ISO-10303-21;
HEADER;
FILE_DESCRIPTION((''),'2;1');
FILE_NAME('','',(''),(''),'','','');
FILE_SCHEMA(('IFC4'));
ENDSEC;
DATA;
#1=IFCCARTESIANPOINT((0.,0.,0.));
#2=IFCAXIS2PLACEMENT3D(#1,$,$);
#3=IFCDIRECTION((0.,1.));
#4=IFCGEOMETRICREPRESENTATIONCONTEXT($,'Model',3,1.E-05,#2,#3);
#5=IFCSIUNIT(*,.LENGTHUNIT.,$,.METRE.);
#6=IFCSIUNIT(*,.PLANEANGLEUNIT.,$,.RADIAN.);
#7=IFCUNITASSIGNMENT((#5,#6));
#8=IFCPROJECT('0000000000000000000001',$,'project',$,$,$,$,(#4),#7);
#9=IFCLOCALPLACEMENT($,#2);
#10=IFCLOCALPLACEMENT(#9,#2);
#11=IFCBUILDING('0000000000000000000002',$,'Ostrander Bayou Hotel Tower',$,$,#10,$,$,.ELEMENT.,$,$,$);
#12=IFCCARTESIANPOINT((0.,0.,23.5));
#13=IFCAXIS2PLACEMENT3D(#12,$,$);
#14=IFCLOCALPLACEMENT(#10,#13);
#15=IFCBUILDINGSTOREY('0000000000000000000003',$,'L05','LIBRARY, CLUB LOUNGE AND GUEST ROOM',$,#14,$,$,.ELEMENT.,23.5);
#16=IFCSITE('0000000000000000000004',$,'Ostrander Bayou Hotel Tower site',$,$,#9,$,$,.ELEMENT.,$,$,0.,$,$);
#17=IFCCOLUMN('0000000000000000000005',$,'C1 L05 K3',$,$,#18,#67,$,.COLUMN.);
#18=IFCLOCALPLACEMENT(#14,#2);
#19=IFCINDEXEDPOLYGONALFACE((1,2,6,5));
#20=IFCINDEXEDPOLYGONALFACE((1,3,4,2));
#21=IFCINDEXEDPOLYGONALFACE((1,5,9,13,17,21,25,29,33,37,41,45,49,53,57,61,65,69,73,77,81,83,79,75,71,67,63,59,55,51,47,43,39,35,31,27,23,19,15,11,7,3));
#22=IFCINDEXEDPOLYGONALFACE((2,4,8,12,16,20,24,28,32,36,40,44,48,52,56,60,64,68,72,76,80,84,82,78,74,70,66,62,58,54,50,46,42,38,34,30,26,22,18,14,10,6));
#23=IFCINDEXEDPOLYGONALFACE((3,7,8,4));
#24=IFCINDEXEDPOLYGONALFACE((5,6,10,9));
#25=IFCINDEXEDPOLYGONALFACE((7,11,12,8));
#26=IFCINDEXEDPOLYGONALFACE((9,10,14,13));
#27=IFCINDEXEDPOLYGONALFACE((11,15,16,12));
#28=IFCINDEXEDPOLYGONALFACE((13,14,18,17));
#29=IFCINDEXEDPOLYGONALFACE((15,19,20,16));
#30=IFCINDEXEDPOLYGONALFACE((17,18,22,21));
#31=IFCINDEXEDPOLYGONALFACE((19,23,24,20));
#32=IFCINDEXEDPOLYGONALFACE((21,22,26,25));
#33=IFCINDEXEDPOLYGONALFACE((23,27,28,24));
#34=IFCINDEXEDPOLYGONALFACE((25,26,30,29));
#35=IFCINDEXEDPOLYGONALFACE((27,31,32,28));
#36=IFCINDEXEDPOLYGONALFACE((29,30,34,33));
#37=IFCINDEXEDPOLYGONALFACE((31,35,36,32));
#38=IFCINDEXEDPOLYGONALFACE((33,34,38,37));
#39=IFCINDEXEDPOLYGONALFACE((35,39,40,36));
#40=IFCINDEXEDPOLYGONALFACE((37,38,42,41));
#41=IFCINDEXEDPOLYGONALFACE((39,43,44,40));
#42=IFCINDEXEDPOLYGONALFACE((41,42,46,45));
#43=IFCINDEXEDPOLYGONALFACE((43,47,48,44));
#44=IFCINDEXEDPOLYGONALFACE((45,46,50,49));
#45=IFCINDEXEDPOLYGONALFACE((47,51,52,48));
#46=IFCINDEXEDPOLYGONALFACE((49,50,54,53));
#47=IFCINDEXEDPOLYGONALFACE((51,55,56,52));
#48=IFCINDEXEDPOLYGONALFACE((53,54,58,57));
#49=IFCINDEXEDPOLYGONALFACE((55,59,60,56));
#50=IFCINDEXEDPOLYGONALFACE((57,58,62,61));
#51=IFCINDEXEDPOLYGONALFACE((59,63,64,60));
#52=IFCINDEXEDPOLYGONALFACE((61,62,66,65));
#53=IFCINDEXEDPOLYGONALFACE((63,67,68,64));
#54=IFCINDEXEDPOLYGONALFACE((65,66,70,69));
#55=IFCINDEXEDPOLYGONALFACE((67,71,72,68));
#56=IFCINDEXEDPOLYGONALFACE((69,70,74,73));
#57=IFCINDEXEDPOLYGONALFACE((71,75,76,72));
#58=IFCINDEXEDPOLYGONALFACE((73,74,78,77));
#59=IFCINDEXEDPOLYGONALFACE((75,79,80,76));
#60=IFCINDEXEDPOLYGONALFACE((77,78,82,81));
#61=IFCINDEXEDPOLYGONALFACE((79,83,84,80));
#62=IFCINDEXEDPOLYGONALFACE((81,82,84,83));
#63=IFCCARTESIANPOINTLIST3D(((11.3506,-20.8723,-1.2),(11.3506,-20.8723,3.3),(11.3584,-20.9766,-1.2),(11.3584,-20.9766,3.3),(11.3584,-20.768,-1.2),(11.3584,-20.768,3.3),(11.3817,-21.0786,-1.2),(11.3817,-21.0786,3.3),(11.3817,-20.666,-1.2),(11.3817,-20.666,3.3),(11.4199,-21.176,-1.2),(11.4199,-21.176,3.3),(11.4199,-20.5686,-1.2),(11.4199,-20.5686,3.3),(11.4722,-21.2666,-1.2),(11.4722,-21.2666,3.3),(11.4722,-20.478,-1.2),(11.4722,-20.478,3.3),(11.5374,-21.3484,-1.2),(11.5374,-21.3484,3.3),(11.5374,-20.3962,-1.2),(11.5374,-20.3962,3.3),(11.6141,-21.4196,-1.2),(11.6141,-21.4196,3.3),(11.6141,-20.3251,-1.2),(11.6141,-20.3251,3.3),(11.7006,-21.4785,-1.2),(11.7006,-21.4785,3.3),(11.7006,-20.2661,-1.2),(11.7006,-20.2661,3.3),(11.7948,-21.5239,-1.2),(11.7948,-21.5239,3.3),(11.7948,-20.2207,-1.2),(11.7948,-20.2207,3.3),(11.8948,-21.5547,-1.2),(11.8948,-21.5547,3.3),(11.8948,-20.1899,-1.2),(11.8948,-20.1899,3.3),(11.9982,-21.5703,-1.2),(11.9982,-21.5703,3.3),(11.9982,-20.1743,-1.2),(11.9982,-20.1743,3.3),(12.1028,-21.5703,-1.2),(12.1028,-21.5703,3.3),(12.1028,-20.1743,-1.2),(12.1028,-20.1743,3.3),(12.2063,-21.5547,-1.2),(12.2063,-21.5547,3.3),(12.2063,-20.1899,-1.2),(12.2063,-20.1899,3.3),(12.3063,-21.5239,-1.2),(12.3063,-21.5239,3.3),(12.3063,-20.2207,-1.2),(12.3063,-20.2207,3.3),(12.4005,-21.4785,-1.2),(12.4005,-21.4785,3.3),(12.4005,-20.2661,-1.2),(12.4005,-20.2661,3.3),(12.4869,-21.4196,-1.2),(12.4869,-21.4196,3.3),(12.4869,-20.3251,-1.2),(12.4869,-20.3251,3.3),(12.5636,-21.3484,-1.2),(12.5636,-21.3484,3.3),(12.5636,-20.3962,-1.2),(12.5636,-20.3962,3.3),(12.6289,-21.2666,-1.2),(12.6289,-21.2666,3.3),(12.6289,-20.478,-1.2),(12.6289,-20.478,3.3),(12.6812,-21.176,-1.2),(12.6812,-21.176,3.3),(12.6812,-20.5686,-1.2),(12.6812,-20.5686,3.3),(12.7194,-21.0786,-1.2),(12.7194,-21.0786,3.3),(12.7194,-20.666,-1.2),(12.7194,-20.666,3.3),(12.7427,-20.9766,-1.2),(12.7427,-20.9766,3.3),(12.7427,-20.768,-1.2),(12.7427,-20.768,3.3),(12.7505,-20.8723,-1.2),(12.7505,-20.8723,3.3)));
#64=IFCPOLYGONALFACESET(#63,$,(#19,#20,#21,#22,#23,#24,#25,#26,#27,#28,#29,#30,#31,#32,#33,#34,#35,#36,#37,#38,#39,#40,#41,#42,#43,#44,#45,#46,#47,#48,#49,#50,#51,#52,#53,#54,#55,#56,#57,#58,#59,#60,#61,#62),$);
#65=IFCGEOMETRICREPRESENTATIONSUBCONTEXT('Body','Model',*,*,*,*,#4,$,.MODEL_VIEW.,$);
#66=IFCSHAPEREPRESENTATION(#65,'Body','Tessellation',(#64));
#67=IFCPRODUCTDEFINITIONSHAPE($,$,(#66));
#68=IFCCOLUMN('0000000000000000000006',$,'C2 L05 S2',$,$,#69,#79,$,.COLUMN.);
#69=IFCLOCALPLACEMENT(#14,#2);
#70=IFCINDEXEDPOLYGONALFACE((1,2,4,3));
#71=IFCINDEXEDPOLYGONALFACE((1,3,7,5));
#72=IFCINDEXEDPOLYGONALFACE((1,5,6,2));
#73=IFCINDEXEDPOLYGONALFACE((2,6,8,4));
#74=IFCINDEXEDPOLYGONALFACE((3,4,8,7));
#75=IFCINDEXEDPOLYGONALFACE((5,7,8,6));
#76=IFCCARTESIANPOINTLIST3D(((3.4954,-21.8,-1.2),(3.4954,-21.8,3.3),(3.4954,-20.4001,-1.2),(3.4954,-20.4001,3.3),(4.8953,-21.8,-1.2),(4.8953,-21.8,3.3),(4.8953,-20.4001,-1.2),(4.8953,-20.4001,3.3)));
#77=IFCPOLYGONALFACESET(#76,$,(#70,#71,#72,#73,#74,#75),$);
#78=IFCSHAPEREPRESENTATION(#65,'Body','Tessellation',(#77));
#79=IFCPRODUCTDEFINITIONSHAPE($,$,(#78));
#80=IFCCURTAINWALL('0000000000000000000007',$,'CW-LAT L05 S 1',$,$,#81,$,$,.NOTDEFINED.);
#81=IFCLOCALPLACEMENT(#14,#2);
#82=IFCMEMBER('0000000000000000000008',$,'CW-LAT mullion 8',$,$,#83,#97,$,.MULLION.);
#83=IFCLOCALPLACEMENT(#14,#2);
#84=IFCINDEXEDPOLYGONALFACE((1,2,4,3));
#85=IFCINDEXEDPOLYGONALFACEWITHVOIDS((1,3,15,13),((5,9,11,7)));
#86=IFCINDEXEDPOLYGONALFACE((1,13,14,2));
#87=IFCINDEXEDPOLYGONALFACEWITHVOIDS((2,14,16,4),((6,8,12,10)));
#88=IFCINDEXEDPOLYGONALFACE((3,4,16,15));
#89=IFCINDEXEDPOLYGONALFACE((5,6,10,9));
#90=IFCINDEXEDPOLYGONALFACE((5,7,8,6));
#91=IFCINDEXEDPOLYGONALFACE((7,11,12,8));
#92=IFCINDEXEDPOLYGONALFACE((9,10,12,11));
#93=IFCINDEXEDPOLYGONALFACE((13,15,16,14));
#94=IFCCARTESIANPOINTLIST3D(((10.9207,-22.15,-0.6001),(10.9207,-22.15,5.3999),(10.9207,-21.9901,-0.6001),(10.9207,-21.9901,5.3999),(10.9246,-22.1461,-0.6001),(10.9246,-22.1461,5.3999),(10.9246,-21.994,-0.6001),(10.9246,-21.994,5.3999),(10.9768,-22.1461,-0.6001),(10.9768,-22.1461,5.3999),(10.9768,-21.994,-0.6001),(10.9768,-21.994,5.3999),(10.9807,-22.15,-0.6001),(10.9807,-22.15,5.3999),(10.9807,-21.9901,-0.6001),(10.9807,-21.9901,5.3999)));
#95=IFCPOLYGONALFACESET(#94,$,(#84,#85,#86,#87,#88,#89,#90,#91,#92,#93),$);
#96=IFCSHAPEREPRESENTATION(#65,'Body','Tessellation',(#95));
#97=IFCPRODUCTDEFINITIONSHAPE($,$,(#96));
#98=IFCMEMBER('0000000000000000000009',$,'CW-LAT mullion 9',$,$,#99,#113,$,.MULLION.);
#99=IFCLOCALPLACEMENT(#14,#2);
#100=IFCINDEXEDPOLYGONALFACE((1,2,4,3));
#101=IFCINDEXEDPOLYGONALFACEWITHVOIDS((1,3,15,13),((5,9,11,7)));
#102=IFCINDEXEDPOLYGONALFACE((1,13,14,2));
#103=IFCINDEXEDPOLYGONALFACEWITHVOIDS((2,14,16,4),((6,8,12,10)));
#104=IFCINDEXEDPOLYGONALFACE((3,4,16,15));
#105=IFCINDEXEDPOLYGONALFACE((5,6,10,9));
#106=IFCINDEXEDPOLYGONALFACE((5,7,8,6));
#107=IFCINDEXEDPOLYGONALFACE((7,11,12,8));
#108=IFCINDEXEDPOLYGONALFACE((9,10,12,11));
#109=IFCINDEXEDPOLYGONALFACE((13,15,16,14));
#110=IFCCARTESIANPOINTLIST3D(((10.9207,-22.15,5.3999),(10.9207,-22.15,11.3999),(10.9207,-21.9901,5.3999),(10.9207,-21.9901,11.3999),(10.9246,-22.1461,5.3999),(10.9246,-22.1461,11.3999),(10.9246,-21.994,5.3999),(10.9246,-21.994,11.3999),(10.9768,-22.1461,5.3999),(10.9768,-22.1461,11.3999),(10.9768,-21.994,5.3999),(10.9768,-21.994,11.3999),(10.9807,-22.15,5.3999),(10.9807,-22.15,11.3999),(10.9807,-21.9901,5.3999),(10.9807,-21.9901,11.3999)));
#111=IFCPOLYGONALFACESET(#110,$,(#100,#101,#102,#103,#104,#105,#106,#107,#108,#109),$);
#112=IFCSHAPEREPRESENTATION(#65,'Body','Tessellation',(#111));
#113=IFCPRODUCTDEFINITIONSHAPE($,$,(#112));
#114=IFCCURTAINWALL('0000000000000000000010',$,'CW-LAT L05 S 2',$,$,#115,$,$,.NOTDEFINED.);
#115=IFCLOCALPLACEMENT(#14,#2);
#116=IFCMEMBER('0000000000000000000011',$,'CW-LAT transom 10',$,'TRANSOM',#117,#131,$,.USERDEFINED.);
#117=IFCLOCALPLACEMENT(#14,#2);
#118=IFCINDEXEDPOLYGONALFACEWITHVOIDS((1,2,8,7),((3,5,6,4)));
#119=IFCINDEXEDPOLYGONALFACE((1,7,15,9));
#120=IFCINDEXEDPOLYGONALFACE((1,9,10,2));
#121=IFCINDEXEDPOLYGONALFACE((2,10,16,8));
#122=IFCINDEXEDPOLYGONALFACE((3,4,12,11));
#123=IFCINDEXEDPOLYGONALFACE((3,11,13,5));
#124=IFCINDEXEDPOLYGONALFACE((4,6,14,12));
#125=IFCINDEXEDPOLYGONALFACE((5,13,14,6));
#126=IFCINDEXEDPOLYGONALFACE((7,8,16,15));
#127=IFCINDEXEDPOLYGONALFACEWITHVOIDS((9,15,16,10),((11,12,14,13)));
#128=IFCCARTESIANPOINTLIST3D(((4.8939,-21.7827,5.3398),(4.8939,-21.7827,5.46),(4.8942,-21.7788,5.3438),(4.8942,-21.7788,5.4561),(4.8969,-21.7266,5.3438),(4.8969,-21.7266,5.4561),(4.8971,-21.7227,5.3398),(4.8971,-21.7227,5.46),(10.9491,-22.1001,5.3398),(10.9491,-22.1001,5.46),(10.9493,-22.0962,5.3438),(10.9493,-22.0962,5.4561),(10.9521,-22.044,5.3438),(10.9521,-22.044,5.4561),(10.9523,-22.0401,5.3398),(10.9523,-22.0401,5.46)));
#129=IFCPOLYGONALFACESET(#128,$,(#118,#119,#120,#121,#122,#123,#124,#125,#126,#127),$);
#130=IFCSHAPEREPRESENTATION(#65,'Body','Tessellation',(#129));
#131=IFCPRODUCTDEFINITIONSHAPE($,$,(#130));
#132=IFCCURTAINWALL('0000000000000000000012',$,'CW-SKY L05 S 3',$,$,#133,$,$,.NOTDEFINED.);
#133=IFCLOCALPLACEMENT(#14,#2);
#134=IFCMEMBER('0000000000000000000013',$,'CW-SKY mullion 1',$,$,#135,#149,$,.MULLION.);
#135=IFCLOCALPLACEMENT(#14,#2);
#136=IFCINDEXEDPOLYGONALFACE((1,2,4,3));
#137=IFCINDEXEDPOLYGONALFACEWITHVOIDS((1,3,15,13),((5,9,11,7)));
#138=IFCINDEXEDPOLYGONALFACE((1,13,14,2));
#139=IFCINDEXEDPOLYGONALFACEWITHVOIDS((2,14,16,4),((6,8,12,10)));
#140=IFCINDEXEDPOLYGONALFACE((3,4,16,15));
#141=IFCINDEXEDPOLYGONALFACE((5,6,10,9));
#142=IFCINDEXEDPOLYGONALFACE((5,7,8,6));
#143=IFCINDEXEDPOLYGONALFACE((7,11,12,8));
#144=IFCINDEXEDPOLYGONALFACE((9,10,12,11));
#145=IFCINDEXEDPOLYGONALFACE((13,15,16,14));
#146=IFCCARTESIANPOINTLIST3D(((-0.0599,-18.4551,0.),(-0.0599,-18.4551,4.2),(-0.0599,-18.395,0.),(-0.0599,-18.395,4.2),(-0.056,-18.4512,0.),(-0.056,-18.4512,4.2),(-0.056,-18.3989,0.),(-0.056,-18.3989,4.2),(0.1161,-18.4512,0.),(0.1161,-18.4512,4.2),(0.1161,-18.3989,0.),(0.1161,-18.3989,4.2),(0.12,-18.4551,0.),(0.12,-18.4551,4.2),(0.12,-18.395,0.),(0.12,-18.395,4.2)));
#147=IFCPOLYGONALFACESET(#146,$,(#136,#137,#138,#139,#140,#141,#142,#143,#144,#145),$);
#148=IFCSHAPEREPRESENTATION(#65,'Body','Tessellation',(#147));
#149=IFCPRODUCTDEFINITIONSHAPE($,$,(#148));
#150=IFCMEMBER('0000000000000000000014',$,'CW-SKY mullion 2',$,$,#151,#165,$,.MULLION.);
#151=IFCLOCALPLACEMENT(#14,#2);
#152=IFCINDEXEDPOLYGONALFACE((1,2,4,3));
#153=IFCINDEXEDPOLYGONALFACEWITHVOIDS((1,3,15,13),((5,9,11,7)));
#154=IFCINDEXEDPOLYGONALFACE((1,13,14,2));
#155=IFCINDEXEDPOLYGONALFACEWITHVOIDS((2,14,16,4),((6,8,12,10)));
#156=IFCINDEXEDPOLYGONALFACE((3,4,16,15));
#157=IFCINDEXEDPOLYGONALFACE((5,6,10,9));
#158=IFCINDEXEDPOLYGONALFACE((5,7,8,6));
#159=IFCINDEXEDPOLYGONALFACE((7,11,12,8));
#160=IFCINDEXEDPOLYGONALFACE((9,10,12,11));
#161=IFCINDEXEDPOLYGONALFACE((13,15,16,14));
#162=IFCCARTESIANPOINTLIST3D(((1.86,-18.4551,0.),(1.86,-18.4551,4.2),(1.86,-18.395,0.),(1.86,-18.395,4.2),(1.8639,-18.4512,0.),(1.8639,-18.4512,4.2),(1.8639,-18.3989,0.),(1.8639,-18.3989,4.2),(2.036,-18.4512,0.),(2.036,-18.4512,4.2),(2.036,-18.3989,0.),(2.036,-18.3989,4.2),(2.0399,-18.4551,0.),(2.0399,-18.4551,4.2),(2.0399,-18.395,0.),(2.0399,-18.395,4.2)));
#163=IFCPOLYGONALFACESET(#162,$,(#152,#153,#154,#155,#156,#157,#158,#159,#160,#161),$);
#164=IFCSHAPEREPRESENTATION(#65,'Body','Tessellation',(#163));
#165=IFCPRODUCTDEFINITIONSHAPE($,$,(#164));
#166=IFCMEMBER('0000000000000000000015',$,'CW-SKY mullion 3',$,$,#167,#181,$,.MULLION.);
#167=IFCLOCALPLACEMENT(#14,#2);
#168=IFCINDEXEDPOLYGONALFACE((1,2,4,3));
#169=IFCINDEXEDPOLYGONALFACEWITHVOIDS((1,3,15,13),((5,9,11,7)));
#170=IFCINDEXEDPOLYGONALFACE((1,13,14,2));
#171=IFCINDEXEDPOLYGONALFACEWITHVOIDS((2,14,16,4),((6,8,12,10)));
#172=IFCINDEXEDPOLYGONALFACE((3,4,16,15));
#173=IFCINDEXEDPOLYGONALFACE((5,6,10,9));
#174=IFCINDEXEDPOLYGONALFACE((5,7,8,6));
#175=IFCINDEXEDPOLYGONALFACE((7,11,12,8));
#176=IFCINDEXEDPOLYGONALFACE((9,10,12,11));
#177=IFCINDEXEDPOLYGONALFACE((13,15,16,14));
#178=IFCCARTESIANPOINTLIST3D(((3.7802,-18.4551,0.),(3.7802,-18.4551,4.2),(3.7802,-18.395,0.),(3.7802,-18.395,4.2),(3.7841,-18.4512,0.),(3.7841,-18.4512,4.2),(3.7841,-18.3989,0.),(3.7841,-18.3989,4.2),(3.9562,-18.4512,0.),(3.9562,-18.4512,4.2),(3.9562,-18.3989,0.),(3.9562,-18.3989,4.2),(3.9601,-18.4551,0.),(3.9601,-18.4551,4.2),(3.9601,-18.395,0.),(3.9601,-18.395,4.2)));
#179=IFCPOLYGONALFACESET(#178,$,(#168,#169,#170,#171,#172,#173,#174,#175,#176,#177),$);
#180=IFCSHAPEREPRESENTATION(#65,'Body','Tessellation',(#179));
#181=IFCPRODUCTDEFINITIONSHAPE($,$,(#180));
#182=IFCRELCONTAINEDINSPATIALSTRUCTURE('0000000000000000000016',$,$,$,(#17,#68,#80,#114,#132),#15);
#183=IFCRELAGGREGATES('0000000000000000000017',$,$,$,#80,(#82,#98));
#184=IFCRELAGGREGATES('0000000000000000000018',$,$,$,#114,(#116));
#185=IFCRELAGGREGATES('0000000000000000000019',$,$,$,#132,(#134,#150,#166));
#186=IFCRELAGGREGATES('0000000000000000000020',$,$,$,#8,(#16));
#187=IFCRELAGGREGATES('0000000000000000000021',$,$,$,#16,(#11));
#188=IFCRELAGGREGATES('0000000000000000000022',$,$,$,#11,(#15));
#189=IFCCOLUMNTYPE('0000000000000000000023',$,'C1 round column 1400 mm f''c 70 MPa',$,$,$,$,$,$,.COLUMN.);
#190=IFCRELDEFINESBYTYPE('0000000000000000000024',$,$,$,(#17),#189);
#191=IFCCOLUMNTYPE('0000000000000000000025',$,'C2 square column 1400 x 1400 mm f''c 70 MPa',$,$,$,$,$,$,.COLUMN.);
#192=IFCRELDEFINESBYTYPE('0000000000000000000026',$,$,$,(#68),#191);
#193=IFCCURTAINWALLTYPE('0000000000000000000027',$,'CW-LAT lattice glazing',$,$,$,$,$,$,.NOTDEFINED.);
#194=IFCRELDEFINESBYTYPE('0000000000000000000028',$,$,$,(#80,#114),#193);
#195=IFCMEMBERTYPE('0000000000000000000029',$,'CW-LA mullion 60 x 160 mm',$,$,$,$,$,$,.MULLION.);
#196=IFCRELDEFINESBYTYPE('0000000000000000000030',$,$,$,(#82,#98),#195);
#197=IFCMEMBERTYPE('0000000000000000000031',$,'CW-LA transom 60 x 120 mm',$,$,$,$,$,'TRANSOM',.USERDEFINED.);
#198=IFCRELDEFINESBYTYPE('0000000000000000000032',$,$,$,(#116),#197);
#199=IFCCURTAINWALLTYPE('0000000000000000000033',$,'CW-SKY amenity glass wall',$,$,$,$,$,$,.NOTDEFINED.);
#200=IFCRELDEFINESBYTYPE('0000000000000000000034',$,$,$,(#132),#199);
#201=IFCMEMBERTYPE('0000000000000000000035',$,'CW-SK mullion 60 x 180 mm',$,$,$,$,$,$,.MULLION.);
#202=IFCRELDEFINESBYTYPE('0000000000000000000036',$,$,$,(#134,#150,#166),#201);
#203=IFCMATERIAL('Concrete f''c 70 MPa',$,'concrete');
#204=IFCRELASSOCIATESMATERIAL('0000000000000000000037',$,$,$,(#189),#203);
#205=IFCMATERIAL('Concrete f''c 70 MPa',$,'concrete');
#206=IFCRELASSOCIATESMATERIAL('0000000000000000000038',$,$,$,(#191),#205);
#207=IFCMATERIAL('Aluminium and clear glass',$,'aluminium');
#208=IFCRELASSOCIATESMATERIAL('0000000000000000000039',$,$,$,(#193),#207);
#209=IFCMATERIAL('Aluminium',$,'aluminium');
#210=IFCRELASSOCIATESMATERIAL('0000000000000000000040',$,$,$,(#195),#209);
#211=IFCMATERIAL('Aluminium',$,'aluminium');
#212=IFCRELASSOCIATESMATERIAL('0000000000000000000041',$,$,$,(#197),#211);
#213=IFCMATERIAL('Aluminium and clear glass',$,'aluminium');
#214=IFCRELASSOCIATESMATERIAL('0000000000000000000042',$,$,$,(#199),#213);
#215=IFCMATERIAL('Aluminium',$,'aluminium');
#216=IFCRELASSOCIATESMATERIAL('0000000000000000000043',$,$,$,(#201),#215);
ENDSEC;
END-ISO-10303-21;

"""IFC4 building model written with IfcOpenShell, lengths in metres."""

from ifc_helpers import new_model, si_unit, direction, frame, origin, origin_2d, place, context, subcontext, project, spatial, rectangle, hollow_rectangle, circle, extrude, material, material_profile, profile_set, type_object, element, aggregate, save


model = new_model("IFC4")

# Units and contexts
model_context = context("Model", 3, precision=1e-05, world=origin(), true_north=direction((0.0, 1.0)))
body_context = subcontext(model_context, "Body", "Model", "MODEL_VIEW")
ifc_project = project(units=[si_unit("LENGTHUNIT", "METRE"), si_unit("PLANEANGLEUNIT", "RADIAN")], contexts=[model_context])

# Site, building, storey
site_placement = place(None, origin())
site = spatial("IfcSite", under=ifc_project, at=site_placement, Name="Ostrander Bayou Hotel Tower site", CompositionType="ELEMENT", RefElevation=0.0)
building_placement = place(site_placement, origin())
building = spatial("IfcBuilding", under=site, at=building_placement, Name="Ostrander Bayou Hotel Tower", CompositionType="ELEMENT")
storey_placement = place(building_placement, frame((0.0, 0.0, 23.5)))
storey = spatial("IfcBuildingStorey", under=building, at=storey_placement, Name="L05", Description="LIBRARY, CLUB LOUNGE AND GUEST ROOM", CompositionType="ELEMENT", Elevation=23.5)

# Columns
ifc_material_1 = material(Name="Concrete f'c 70 MPa", Category="concrete")
ifc_material_profile_1 = material_profile(ifc_material_1, circle(Radius=0.7, at=origin_2d()))
ifc_profile_set_1 = profile_set([ifc_material_profile_1], Name="Concrete f'c 70 MPa")
column_type_1 = type_object("IfcColumnType", Name="C1 round column 1400 mm f'c 70 MPa", PredefinedType="COLUMN", material=ifc_profile_set_1)
column_1_placement = place(storey_placement, frame((12.0505, -20.8723, -1.2), z_axis=(0.0, 0.0, 1.0), x_axis=(1.0, 0.0, 0.0)))
element("IfcColumn", 1, at=column_1_placement, inside=storey, type_object=column_type_1, Name="C1 L05 K3", PredefinedType="COLUMN", context=body_context, shape_type="SweptSolid", body=[
    extrude(circle(Radius=0.7, at=origin_2d()), origin(), (0.0, 0.0, 1.0), 4.5),
])
ifc_material_2 = material(Name="Concrete f'c 70 MPa", Category="concrete")
ifc_material_profile_2 = material_profile(ifc_material_2, rectangle(XDim=1.3999, YDim=1.3999, at=origin_2d()))
ifc_profile_set_2 = profile_set([ifc_material_profile_2], Name="Concrete f'c 70 MPa")
column_type_2 = type_object("IfcColumnType", Name="C2 square column 1400 x 1400 mm f'c 70 MPa", PredefinedType="COLUMN", material=ifc_profile_set_2)
column_2_placement = place(storey_placement, frame((4.1953, -21.1001, -1.2), z_axis=(0.0, 0.0, 1.0), x_axis=(-1.0, 0.0, 0.0)))
element("IfcColumn", 2, at=column_2_placement, inside=storey, type_object=column_type_2, Name="C2 L05 S2", PredefinedType="COLUMN", context=body_context, shape_type="SweptSolid", body=[
    extrude(rectangle(XDim=1.3999, YDim=1.3999, at=origin_2d()), origin(), (0.0, 0.0, 1.0), 4.5),
])

# Curtain wall, members
ifc_material_3 = material(Name="Aluminium and clear glass", Category="aluminium")
curtain_wall_type_1 = type_object("IfcCurtainWallType", Name="CW-LAT lattice glazing", PredefinedType="NOTDEFINED", material=ifc_material_3)
curtain_wall_1_placement = place(storey_placement, origin())
curtain_wall_1 = element("IfcCurtainWall", 3, at=curtain_wall_1_placement, inside=storey, type_object=curtain_wall_type_1, Name="CW-LAT L05 S 1", PredefinedType="NOTDEFINED")
ifc_material_4 = material(Name="Aluminium", Category="aluminium")
ifc_material_profile_3 = material_profile(ifc_material_4, hollow_rectangle(XDim=0.0601, YDim=0.1599, WallThickness=0.0039, at=origin_2d()))
ifc_profile_set_3 = profile_set([ifc_material_profile_3], Name="Aluminium")
member_type_1 = type_object("IfcMemberType", Name="CW-LA mullion 60 x 160 mm", PredefinedType="MULLION", material=ifc_profile_set_3)
member_1_placement = place(storey_placement, frame((10.9507, -22.0701, -0.6001), z_axis=(0.0, 0.0, 1.0), x_axis=(1.0, 0.0, 0.0)))
member_1 = element("IfcMember", 4, at=member_1_placement, type_object=member_type_1, Name="CW-LAT mullion 8", PredefinedType="MULLION", context=body_context, shape_type="SweptSolid", body=[
    extrude(hollow_rectangle(XDim=0.0601, YDim=0.1599, WallThickness=0.0039, at=origin_2d()), origin(), (0.0, 0.0, 1.0), 6.0),
])
member_2_placement = place(storey_placement, frame((10.9507, -22.0701, 5.3999), z_axis=(0.0, 0.0, 1.0), x_axis=(1.0, 0.0, 0.0)))
member_2 = element("IfcMember", 5, at=member_2_placement, type_object=member_type_1, Name="CW-LAT mullion 9", PredefinedType="MULLION", context=body_context, shape_type="SweptSolid", body=[
    extrude(hollow_rectangle(XDim=0.0601, YDim=0.1599, WallThickness=0.0039, at=origin_2d()), origin(), (0.0, 0.0, 1.0), 6.0),
])

# Curtain wall, member
curtain_wall_2_placement = place(storey_placement, origin())
curtain_wall_2 = element("IfcCurtainWall", 6, at=curtain_wall_2_placement, inside=storey, type_object=curtain_wall_type_1, Name="CW-LAT L05 S 2", PredefinedType="NOTDEFINED")
ifc_material_5 = material(Name="Aluminium", Category="aluminium")
ifc_material_profile_4 = material_profile(ifc_material_5, hollow_rectangle(XDim=0.0601, YDim=0.1201, WallThickness=0.0039, at=origin_2d()))
ifc_profile_set_4 = profile_set([ifc_material_profile_4], Name="Aluminium")
member_type_2 = type_object("IfcMemberType", Name="CW-LA transom 60 x 120 mm", ElementType="TRANSOM", PredefinedType="USERDEFINED", material=ifc_profile_set_4)
member_3_placement = place(storey_placement, frame((10.9507, -22.0701, 5.3999), z_axis=(-0.998629, 0.052343, 0.0), x_axis=(-0.052343, -0.998629, 0.0)))
member_3 = element("IfcMember", 7, at=member_3_placement, type_object=member_type_2, Name="CW-LAT transom 10", ObjectType="TRANSOM", PredefinedType="USERDEFINED", context=body_context, shape_type="SweptSolid", body=[
    extrude(hollow_rectangle(XDim=0.0601, YDim=0.1201, WallThickness=0.0039, at=origin_2d()), origin(), (0.0, 0.0, 1.0), 6.0635),
])

# Curtain wall, members
ifc_material_6 = material(Name="Aluminium and clear glass", Category="aluminium")
curtain_wall_type_2 = type_object("IfcCurtainWallType", Name="CW-SKY amenity glass wall", PredefinedType="NOTDEFINED", material=ifc_material_6)
curtain_wall_3_placement = place(storey_placement, origin())
curtain_wall_3 = element("IfcCurtainWall", 8, at=curtain_wall_3_placement, inside=storey, type_object=curtain_wall_type_2, Name="CW-SKY L05 S 3", PredefinedType="NOTDEFINED")
ifc_material_7 = material(Name="Aluminium", Category="aluminium")
ifc_material_profile_5 = material_profile(ifc_material_7, hollow_rectangle(XDim=0.0601, YDim=0.1799, WallThickness=0.0039, at=origin_2d()))
ifc_profile_set_5 = profile_set([ifc_material_profile_5], Name="Aluminium")
member_type_3 = type_object("IfcMemberType", Name="CW-SK mullion 60 x 180 mm", PredefinedType="MULLION", material=ifc_profile_set_5)
member_4_placement = place(storey_placement, frame((0.03, -18.425, 0.0), z_axis=(0.0, 0.0, 1.0), x_axis=(0.0, 1.0, 0.0)))
member_4 = element("IfcMember", 9, at=member_4_placement, type_object=member_type_3, Name="CW-SKY mullion 1", PredefinedType="MULLION", context=body_context, shape_type="SweptSolid", body=[
    extrude(hollow_rectangle(XDim=0.0601, YDim=0.1799, WallThickness=0.0039, at=origin_2d()), origin(), (0.0, 0.0, 1.0), 4.2),
])
member_5_placement = place(storey_placement, frame((1.95, -18.425, 0.0), z_axis=(0.0, 0.0, 1.0), x_axis=(0.0, 1.0, 0.0)))
member_5 = element("IfcMember", 10, at=member_5_placement, type_object=member_type_3, Name="CW-SKY mullion 2", PredefinedType="MULLION", context=body_context, shape_type="SweptSolid", body=[
    extrude(hollow_rectangle(XDim=0.0601, YDim=0.1799, WallThickness=0.0039, at=origin_2d()), origin(), (0.0, 0.0, 1.0), 4.2),
])
member_6_placement = place(storey_placement, frame((3.8701, -18.425, 0.0), z_axis=(0.0, 0.0, 1.0), x_axis=(0.0, 1.0, 0.0)))
member_6 = element("IfcMember", 11, at=member_6_placement, type_object=member_type_3, Name="CW-SKY mullion 3", PredefinedType="MULLION", context=body_context, shape_type="SweptSolid", body=[
    extrude(hollow_rectangle(XDim=0.0601, YDim=0.1799, WallThickness=0.0039, at=origin_2d()), origin(), (0.0, 0.0, 1.0), 4.2),
])

aggregate(curtain_wall_1, [member_1, member_2])
aggregate(curtain_wall_2, [member_3])
aggregate(curtain_wall_3, [member_4, member_5, member_6])

save(model, "model.ifc")
